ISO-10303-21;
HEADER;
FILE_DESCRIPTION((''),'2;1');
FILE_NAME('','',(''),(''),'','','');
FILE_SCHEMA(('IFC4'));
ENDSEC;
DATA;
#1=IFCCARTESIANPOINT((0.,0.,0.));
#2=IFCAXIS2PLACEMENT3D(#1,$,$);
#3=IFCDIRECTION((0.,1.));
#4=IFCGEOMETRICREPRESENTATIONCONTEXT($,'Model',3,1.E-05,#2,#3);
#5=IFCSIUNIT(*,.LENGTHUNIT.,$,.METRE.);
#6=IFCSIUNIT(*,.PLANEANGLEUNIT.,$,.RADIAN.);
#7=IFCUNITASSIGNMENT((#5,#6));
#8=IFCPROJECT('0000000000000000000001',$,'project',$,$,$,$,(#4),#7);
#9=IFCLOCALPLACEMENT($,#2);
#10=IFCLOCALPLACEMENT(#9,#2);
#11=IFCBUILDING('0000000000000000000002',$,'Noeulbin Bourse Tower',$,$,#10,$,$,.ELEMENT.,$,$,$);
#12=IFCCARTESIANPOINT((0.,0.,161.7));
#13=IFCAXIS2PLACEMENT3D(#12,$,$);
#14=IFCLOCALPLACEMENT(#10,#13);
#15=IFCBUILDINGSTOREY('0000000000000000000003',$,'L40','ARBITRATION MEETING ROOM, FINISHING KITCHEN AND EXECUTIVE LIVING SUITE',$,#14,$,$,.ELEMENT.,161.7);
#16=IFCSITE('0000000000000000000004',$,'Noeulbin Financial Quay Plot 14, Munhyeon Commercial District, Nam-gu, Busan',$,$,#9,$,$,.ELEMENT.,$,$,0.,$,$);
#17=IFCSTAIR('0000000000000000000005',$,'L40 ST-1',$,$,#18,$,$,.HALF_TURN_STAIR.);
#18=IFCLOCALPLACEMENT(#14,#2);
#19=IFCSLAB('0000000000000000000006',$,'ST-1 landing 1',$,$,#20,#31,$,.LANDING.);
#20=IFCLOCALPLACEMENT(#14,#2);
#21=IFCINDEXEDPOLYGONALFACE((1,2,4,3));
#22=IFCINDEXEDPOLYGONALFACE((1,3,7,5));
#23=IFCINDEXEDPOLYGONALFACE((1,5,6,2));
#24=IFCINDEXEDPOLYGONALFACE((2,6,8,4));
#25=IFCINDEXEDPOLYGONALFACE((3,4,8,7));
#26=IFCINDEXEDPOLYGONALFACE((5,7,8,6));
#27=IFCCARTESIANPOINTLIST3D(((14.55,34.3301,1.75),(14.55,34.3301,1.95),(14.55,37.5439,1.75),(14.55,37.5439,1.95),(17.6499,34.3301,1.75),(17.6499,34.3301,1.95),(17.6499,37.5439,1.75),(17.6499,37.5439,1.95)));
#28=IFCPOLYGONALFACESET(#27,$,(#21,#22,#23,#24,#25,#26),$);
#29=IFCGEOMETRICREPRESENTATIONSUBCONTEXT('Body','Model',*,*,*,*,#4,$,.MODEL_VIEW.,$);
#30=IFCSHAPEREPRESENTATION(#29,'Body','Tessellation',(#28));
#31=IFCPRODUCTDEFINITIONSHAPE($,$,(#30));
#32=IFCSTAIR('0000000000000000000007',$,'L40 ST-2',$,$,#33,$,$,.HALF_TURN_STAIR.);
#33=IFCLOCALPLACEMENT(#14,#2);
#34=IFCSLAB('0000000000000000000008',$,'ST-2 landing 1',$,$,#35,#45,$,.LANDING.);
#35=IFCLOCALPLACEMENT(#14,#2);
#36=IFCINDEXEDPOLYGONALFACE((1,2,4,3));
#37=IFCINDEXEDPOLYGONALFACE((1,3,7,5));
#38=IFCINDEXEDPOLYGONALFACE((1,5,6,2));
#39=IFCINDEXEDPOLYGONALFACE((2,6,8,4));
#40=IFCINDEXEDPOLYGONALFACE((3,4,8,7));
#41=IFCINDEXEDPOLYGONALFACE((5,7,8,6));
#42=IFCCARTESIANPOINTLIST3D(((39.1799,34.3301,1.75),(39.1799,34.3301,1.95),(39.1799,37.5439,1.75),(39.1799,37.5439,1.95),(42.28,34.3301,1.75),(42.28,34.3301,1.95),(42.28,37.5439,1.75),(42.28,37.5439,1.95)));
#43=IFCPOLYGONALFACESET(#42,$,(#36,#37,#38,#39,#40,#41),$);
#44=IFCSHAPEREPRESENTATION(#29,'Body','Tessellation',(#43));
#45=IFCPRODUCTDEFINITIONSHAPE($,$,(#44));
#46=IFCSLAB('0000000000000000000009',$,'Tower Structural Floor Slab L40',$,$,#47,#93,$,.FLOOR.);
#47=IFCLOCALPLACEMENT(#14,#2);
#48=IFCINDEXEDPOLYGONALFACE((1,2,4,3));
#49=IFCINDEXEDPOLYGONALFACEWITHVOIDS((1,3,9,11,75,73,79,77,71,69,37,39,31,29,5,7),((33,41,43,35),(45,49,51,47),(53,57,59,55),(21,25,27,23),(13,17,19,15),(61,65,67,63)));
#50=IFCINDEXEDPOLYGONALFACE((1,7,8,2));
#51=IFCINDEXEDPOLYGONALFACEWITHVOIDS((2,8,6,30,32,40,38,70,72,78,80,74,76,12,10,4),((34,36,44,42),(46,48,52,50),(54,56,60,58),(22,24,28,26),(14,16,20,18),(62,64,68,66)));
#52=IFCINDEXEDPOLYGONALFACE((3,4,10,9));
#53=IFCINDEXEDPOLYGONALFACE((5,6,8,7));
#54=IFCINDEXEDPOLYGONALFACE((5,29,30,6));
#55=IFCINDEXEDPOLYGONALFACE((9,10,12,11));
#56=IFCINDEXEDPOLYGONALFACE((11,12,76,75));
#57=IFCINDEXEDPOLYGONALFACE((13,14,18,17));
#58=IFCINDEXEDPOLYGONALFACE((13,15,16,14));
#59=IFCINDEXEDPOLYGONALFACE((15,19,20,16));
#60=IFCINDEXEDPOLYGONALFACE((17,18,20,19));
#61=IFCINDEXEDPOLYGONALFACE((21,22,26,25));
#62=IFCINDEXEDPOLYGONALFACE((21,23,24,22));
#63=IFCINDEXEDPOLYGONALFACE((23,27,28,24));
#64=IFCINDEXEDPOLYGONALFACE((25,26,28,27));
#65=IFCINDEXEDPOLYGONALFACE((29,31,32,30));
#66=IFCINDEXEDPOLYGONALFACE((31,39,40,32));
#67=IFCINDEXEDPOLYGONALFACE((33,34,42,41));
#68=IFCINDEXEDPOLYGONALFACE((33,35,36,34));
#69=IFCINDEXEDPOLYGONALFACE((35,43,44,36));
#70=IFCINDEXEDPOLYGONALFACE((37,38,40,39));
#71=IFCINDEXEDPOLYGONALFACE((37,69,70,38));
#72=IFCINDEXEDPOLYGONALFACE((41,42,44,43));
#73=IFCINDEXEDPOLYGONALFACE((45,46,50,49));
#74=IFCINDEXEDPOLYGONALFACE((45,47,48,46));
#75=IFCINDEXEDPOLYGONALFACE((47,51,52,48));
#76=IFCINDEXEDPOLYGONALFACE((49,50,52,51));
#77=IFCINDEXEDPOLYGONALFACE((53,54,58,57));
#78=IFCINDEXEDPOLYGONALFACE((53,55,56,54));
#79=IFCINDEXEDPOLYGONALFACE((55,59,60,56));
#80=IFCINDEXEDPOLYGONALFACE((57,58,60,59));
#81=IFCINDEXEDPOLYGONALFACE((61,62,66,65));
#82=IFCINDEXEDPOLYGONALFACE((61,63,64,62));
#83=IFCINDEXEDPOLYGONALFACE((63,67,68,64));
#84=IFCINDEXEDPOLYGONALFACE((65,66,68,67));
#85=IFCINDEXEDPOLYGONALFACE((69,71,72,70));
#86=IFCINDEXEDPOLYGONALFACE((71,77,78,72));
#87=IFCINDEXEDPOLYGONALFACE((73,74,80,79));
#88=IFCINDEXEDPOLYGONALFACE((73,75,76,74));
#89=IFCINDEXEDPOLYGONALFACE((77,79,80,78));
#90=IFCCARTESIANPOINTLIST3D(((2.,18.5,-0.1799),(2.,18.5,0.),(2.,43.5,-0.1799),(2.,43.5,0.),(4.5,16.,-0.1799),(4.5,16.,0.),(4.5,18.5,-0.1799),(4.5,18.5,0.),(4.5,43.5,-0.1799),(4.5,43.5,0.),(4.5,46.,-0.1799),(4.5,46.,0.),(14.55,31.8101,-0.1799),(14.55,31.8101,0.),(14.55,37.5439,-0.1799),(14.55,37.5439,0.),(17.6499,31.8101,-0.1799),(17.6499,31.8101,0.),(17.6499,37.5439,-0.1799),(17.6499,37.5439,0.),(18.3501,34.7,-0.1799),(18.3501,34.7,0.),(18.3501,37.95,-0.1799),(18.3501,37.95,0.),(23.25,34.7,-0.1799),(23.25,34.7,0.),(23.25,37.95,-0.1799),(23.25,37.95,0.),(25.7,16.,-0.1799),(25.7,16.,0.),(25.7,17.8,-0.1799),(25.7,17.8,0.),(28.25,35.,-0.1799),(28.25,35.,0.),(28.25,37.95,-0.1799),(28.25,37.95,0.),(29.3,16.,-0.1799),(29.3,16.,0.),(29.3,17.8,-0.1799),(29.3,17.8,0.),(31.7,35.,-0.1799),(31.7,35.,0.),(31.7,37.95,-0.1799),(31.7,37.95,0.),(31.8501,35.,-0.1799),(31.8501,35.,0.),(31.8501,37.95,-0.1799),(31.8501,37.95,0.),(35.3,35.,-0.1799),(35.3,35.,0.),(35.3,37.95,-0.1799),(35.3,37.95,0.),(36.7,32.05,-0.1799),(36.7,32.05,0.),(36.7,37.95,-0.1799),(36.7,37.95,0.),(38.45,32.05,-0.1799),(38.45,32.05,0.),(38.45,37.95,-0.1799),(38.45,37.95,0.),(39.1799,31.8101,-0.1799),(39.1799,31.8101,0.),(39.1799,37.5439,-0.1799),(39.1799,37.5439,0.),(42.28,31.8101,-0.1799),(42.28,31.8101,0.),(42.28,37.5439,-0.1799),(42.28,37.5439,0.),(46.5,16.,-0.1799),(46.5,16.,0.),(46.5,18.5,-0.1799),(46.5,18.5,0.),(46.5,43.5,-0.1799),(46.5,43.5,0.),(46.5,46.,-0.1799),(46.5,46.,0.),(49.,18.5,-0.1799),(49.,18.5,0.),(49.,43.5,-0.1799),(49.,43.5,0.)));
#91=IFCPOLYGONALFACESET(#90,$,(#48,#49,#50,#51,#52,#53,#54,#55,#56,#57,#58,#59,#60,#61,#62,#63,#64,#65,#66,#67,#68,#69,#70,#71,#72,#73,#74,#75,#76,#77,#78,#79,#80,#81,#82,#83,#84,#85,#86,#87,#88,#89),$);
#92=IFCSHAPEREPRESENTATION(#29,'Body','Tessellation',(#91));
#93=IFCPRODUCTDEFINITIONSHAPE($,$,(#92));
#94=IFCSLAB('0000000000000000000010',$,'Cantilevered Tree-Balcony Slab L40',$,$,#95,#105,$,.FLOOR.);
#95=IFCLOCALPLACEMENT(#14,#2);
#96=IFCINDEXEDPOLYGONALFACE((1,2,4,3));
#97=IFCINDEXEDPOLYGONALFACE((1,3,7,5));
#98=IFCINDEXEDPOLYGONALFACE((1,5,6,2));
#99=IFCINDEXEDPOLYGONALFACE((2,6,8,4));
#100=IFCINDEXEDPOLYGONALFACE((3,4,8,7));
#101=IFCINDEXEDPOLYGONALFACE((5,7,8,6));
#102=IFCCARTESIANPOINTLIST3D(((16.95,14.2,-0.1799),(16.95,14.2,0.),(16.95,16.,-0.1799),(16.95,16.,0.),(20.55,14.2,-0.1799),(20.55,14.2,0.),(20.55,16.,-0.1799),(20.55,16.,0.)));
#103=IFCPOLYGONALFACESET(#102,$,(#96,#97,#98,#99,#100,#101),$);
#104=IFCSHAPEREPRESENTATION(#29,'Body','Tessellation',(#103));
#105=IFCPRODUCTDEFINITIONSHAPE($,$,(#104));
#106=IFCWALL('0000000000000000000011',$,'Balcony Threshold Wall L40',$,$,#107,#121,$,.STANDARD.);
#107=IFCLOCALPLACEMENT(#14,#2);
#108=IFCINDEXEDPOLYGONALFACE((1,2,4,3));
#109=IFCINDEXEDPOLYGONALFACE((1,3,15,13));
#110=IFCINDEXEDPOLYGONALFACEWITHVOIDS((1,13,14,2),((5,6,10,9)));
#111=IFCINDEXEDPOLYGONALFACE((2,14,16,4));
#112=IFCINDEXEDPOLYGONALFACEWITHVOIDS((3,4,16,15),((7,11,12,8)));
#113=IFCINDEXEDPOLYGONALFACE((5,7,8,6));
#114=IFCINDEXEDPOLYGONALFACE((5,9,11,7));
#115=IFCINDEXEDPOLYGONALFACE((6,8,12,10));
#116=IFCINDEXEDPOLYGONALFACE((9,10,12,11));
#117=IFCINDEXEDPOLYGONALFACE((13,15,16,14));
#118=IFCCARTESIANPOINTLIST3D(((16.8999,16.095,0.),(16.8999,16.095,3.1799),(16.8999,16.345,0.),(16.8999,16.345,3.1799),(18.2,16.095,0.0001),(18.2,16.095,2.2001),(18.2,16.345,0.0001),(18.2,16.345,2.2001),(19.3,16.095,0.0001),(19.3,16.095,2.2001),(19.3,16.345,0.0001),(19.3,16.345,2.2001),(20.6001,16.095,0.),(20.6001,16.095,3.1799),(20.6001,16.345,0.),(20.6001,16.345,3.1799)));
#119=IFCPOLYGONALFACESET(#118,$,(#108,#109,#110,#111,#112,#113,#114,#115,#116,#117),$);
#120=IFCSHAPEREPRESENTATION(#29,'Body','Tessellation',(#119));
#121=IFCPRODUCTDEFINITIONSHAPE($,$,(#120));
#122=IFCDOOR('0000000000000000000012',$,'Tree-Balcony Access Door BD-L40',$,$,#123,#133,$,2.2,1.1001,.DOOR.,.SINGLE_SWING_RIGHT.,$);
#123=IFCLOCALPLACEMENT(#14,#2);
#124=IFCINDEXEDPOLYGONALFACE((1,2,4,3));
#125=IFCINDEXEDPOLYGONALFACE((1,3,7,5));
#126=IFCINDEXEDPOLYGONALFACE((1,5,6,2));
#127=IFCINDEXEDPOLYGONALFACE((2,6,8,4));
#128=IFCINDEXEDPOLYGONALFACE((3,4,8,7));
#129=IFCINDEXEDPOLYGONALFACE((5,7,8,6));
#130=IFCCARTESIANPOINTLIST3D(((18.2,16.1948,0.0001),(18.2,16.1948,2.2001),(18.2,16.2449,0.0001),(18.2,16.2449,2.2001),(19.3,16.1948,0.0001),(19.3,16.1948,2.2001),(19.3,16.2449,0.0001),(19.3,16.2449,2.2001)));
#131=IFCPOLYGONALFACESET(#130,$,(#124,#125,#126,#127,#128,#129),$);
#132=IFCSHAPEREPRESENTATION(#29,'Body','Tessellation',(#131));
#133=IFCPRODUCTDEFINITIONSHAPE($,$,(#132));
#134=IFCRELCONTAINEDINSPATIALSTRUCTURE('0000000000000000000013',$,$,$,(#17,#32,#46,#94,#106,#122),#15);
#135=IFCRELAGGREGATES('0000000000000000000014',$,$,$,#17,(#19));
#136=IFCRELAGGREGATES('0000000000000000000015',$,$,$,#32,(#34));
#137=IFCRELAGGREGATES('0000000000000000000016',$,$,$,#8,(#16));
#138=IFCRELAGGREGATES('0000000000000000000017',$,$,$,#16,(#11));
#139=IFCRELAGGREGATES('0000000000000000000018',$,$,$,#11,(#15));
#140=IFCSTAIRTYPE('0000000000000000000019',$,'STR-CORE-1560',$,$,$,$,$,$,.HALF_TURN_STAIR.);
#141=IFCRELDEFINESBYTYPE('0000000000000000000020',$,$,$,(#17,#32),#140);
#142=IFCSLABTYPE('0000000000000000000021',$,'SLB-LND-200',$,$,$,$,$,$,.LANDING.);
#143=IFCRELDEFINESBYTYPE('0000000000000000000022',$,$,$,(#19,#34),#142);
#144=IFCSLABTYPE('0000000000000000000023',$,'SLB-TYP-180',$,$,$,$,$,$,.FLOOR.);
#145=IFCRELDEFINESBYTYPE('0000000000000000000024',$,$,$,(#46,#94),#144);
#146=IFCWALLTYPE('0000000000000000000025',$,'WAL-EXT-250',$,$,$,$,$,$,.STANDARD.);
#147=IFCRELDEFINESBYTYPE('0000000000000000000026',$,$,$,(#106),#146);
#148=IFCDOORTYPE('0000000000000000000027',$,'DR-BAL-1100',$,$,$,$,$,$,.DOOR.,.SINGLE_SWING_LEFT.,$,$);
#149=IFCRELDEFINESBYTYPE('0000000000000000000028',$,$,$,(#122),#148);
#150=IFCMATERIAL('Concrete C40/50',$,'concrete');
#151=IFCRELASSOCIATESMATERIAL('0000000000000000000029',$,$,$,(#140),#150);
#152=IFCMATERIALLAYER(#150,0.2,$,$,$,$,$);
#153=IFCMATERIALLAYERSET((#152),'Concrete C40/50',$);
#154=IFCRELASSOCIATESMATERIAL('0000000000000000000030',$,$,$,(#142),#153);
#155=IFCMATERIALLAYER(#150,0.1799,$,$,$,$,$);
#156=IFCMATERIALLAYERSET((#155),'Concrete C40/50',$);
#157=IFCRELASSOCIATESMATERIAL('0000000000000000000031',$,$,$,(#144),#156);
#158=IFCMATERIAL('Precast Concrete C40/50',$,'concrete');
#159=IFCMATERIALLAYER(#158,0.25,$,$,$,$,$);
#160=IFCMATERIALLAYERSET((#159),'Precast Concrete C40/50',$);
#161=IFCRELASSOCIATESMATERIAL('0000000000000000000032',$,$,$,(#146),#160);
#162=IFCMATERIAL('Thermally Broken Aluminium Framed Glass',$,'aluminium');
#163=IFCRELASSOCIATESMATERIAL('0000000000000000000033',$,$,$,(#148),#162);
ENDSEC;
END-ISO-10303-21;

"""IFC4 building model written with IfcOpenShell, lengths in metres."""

from ifc_helpers import new_model, si_unit, direction, frame, frame_2d, origin, place, context, subcontext, project, spatial, polyline, rectangle, outline, extrude, material, layer, layer_set, type_object, element, fill, aggregate, save


model = new_model("IFC4")

# Units and contexts
model_context = context("Model", 3, precision=1e-05, world=origin(), true_north=direction((0.0, 1.0)))
body_context = subcontext(model_context, "Body", "Model", "MODEL_VIEW")
ifc_project = project(units=[si_unit("LENGTHUNIT", "METRE"), si_unit("PLANEANGLEUNIT", "RADIAN")], contexts=[model_context])

# Site, building, storey
site_placement = place(None, origin())
site = spatial("IfcSite", under=ifc_project, at=site_placement, Name="Noeulbin Financial Quay Plot 14, Munhyeon Commercial District, Nam-gu, Busan", CompositionType="ELEMENT", RefElevation=0.0)
building_placement = place(site_placement, origin())
building = spatial("IfcBuilding", under=site, at=building_placement, Name="Noeulbin Bourse Tower", CompositionType="ELEMENT")
storey_placement = place(building_placement, frame((0.0, 0.0, 161.7)))
storey = spatial("IfcBuildingStorey", under=building, at=storey_placement, Name="L40", Description="ARBITRATION MEETING ROOM, FINISHING KITCHEN AND EXECUTIVE LIVING SUITE", CompositionType="ELEMENT", Elevation=161.7)

# Stairs, slabs
ifc_material_1 = material(Name="Concrete C40/50", Category="concrete")
stair_type = type_object("IfcStairType", Name="STR-CORE-1560", PredefinedType="HALF_TURN_STAIR", material=ifc_material_1)
stair_1_placement = place(storey_placement, origin())
stair_1 = element("IfcStair", 1, at=stair_1_placement, inside=storey, type_object=stair_type, Name="L40 ST-1", PredefinedType="HALF_TURN_STAIR")
ifc_layer_1 = layer(ifc_material_1, 0.2)
ifc_layer_set_1 = layer_set([ifc_layer_1], Name="Concrete C40/50")
slab_type_1 = type_object("IfcSlabType", Name="SLB-LND-200", PredefinedType="LANDING", material=ifc_layer_set_1)
slab_1_placement = place(storey_placement, frame((0.0, 0.0, 1.75)))
slab_1 = element("IfcSlab", 2, at=slab_1_placement, type_object=slab_type_1, Name="ST-1 landing 1", PredefinedType="LANDING", context=body_context, shape_type="SweptSolid", body=[
    extrude(outline(polyline([(17.6499, 34.3301), (17.6499, 37.5439), (14.55, 37.5439), (14.55, 34.3301), (17.6499, 34.3301)])), origin(), (0.0, 0.0, 1.0), 0.2),
])
aggregate(stair_1, [slab_1])
stair_2_placement = place(storey_placement, origin())
stair_2 = element("IfcStair", 3, at=stair_2_placement, inside=storey, type_object=stair_type, Name="L40 ST-2", PredefinedType="HALF_TURN_STAIR")
slab_2_placement = place(storey_placement, frame((0.0, 0.0, 1.75)))
slab_2 = element("IfcSlab", 4, at=slab_2_placement, type_object=slab_type_1, Name="ST-2 landing 1", PredefinedType="LANDING", context=body_context, shape_type="SweptSolid", body=[
    extrude(outline(polyline([(42.28, 34.3301), (42.28, 37.5439), (39.1799, 37.5439), (39.1799, 34.3301), (42.28, 34.3301)])), origin(), (0.0, 0.0, 1.0), 0.2),
])
aggregate(stair_2, [slab_2])

# Slab, openings
ifc_layer_2 = layer(ifc_material_1, 0.1799)
ifc_layer_set_2 = layer_set([ifc_layer_2], Name="Concrete C40/50")
slab_type_2 = type_object("IfcSlabType", Name="SLB-TYP-180", PredefinedType="FLOOR", material=ifc_layer_set_2)
slab_3_placement = place(storey_placement, frame((0.0, 0.0, -0.1799)))
slab_3 = element("IfcSlab", 5, at=slab_3_placement, inside=storey, type_object=slab_type_2, Name="Tower Structural Floor Slab L40", PredefinedType="FLOOR", context=body_context, shape_type="SweptSolid", body=[
    extrude(outline(polyline([(4.5, 16.0), (25.7, 16.0), (25.7, 17.8), (29.3, 17.8), (29.3, 16.0), (46.5, 16.0), (46.5, 18.5), (49.0, 18.5), (49.0, 43.5), (46.5, 43.5), (46.5, 46.0), (4.5, 46.0), (4.5, 43.5), (2.0, 43.5), (2.0, 18.5), (4.5, 18.5), (4.5, 16.0)]), holes=[polyline([(17.6499, 31.8101), (17.6499, 37.5439), (14.55, 37.5439), (14.55, 31.8101), (17.6499, 31.8101)]), polyline([(42.28, 31.8101), (42.28, 37.5439), (39.1799, 37.5439), (39.1799, 31.8101), (42.28, 31.8101)]), polyline([(18.3501, 34.7), (23.25, 34.7), (23.25, 37.95), (18.3501, 37.95), (18.3501, 34.7)]), polyline([(36.7, 32.05), (38.45, 32.05), (38.45, 37.95), (36.7, 37.95), (36.7, 32.05)]), polyline([(28.25, 35.0), (31.7, 35.0), (31.7, 37.95), (28.25, 37.95), (28.25, 35.0)]), polyline([(31.8501, 35.0), (35.3, 35.0), (35.3, 37.95), (31.8501, 37.95), (31.8501, 35.0)])]), origin(), (0.0, 0.0, 1.0), 0.1799),
])
opening_1_placement = place(slab_3_placement, frame((0.0, 0.0, -0.01)))
element("IfcOpeningElement", 6, at=opening_1_placement, cuts=slab_3, PredefinedType="OPENING", context=body_context, shape_type="SweptSolid", body=[
    extrude(outline(polyline([(17.6499, 31.8101), (17.6499, 37.5439), (14.55, 37.5439), (14.55, 31.8101), (17.6499, 31.8101)])), origin(), (0.0, 0.0, 1.0), 0.2),
])
opening_2_placement = place(slab_3_placement, frame((0.0, 0.0, -0.01)))
element("IfcOpeningElement", 7, at=opening_2_placement, cuts=slab_3, PredefinedType="OPENING", context=body_context, shape_type="SweptSolid", body=[
    extrude(outline(polyline([(42.28, 31.8101), (42.28, 37.5439), (39.1799, 37.5439), (39.1799, 31.8101), (42.28, 31.8101)])), origin(), (0.0, 0.0, 1.0), 0.2),
])
opening_3_placement = place(slab_3_placement, frame((0.0, 0.0, -0.01)))
element("IfcOpeningElement", 8, at=opening_3_placement, cuts=slab_3, PredefinedType="OPENING", context=body_context, shape_type="SweptSolid", body=[
    extrude(outline(polyline([(18.3501, 34.7), (23.25, 34.7), (23.25, 37.95), (18.3501, 37.95), (18.3501, 34.7)])), origin(), (0.0, 0.0, 1.0), 0.2),
])
opening_4_placement = place(slab_3_placement, frame((0.0, 0.0, -0.01)))
element("IfcOpeningElement", 9, at=opening_4_placement, cuts=slab_3, PredefinedType="OPENING", context=body_context, shape_type="SweptSolid", body=[
    extrude(outline(polyline([(36.7, 32.05), (38.45, 32.05), (38.45, 37.95), (36.7, 37.95), (36.7, 32.05)])), origin(), (0.0, 0.0, 1.0), 0.2),
])
opening_5_placement = place(slab_3_placement, frame((0.0, 0.0, -0.01)))
element("IfcOpeningElement", 10, at=opening_5_placement, cuts=slab_3, PredefinedType="OPENING", context=body_context, shape_type="SweptSolid", body=[
    extrude(outline(polyline([(28.25, 35.0), (31.7, 35.0), (31.7, 37.95), (28.25, 37.95), (28.25, 35.0)])), origin(), (0.0, 0.0, 1.0), 0.2),
])
opening_6_placement = place(slab_3_placement, frame((0.0, 0.0, -0.01)))
element("IfcOpeningElement", 11, at=opening_6_placement, cuts=slab_3, PredefinedType="OPENING", context=body_context, shape_type="SweptSolid", body=[
    extrude(outline(polyline([(31.8501, 35.0), (35.3, 35.0), (35.3, 37.95), (31.8501, 37.95), (31.8501, 35.0)])), origin(), (0.0, 0.0, 1.0), 0.2),
])

# Slab
slab_4_placement = place(storey_placement, frame((0.0, 0.0, -0.1799)))
element("IfcSlab", 12, at=slab_4_placement, inside=storey, type_object=slab_type_2, Name="Cantilevered Tree-Balcony Slab L40", PredefinedType="FLOOR", context=body_context, shape_type="SweptSolid", body=[
    extrude(outline(polyline([(16.95, 14.2), (20.55, 14.2), (20.55, 16.0), (16.95, 16.0), (16.95, 14.2)])), origin(), (0.0, 0.0, 1.0), 0.1799),
])

# Wall, opening, door
ifc_material_2 = material(Name="Precast Concrete C40/50", Category="concrete")
ifc_layer_3 = layer(ifc_material_2, 0.25)
ifc_layer_set_3 = layer_set([ifc_layer_3], Name="Precast Concrete C40/50")
wall_type_1 = type_object("IfcWallType", Name="WAL-EXT-250", PredefinedType="STANDARD", material=ifc_layer_set_3)
wall_1_placement = place(storey_placement, frame((16.8999, 16.22, 0.0), z_axis=(0.0, 0.0, 1.0), x_axis=(1.0, 0.0, 0.0)))
wall_1 = element("IfcWall", 13, at=wall_1_placement, inside=storey, type_object=wall_type_1, Name="Balcony Threshold Wall L40", PredefinedType="STANDARD", context=body_context, shape_type="SweptSolid", body=[
    extrude(rectangle(XDim=3.7002, YDim=0.25, at=frame_2d((1.8501, 0.0))), origin(), (0.0, 0.0, 1.0), 3.1799),
])
opening_7_placement = place(wall_1_placement, frame((1.3, 0.0, 0.0)))
opening_7 = element("IfcOpeningElement", 14, at=opening_7_placement, cuts=wall_1, PredefinedType="OPENING", context=body_context, shape_type="SweptSolid", body=[
    extrude(rectangle(XDim=1.1001, YDim=2.2, at=frame_2d((0.55, 1.1001))), frame((0.0, 0.135, 0.0), z_axis=(0.0, -1.0, 0.0), x_axis=(1.0, 0.0, 0.0)), (0.0, 0.0, 1.0), 0.27),
])
ifc_material_3 = material(Name="Thermally Broken Aluminium Framed Glass", Category="aluminium")
door_type_1 = type_object("IfcDoorType", Name="DR-BAL-1100", OperationType="SINGLE_SWING_LEFT", PredefinedType="DOOR", material=ifc_material_3)
door_1_placement = place(opening_7_placement, origin())
door_1 = element("IfcDoor", 15, at=door_1_placement, inside=storey, type_object=door_type_1, Name="Tree-Balcony Access Door BD-L40", OperationType="SINGLE_SWING_RIGHT", OverallHeight=2.2, OverallWidth=1.1001, PredefinedType="DOOR", context=body_context, shape_type="SweptSolid", body=[
    extrude(rectangle(XDim=1.1001, YDim=2.2, at=frame_2d((0.55, 1.1001))), frame((0.0, 0.0249, 0.0), z_axis=(0.0, -1.0, 0.0), x_axis=(1.0, 0.0, 0.0)), (0.0, 0.0, 1.0), 0.05),
])
fill(opening_7, door_1)

save(model, "model.ifc")
